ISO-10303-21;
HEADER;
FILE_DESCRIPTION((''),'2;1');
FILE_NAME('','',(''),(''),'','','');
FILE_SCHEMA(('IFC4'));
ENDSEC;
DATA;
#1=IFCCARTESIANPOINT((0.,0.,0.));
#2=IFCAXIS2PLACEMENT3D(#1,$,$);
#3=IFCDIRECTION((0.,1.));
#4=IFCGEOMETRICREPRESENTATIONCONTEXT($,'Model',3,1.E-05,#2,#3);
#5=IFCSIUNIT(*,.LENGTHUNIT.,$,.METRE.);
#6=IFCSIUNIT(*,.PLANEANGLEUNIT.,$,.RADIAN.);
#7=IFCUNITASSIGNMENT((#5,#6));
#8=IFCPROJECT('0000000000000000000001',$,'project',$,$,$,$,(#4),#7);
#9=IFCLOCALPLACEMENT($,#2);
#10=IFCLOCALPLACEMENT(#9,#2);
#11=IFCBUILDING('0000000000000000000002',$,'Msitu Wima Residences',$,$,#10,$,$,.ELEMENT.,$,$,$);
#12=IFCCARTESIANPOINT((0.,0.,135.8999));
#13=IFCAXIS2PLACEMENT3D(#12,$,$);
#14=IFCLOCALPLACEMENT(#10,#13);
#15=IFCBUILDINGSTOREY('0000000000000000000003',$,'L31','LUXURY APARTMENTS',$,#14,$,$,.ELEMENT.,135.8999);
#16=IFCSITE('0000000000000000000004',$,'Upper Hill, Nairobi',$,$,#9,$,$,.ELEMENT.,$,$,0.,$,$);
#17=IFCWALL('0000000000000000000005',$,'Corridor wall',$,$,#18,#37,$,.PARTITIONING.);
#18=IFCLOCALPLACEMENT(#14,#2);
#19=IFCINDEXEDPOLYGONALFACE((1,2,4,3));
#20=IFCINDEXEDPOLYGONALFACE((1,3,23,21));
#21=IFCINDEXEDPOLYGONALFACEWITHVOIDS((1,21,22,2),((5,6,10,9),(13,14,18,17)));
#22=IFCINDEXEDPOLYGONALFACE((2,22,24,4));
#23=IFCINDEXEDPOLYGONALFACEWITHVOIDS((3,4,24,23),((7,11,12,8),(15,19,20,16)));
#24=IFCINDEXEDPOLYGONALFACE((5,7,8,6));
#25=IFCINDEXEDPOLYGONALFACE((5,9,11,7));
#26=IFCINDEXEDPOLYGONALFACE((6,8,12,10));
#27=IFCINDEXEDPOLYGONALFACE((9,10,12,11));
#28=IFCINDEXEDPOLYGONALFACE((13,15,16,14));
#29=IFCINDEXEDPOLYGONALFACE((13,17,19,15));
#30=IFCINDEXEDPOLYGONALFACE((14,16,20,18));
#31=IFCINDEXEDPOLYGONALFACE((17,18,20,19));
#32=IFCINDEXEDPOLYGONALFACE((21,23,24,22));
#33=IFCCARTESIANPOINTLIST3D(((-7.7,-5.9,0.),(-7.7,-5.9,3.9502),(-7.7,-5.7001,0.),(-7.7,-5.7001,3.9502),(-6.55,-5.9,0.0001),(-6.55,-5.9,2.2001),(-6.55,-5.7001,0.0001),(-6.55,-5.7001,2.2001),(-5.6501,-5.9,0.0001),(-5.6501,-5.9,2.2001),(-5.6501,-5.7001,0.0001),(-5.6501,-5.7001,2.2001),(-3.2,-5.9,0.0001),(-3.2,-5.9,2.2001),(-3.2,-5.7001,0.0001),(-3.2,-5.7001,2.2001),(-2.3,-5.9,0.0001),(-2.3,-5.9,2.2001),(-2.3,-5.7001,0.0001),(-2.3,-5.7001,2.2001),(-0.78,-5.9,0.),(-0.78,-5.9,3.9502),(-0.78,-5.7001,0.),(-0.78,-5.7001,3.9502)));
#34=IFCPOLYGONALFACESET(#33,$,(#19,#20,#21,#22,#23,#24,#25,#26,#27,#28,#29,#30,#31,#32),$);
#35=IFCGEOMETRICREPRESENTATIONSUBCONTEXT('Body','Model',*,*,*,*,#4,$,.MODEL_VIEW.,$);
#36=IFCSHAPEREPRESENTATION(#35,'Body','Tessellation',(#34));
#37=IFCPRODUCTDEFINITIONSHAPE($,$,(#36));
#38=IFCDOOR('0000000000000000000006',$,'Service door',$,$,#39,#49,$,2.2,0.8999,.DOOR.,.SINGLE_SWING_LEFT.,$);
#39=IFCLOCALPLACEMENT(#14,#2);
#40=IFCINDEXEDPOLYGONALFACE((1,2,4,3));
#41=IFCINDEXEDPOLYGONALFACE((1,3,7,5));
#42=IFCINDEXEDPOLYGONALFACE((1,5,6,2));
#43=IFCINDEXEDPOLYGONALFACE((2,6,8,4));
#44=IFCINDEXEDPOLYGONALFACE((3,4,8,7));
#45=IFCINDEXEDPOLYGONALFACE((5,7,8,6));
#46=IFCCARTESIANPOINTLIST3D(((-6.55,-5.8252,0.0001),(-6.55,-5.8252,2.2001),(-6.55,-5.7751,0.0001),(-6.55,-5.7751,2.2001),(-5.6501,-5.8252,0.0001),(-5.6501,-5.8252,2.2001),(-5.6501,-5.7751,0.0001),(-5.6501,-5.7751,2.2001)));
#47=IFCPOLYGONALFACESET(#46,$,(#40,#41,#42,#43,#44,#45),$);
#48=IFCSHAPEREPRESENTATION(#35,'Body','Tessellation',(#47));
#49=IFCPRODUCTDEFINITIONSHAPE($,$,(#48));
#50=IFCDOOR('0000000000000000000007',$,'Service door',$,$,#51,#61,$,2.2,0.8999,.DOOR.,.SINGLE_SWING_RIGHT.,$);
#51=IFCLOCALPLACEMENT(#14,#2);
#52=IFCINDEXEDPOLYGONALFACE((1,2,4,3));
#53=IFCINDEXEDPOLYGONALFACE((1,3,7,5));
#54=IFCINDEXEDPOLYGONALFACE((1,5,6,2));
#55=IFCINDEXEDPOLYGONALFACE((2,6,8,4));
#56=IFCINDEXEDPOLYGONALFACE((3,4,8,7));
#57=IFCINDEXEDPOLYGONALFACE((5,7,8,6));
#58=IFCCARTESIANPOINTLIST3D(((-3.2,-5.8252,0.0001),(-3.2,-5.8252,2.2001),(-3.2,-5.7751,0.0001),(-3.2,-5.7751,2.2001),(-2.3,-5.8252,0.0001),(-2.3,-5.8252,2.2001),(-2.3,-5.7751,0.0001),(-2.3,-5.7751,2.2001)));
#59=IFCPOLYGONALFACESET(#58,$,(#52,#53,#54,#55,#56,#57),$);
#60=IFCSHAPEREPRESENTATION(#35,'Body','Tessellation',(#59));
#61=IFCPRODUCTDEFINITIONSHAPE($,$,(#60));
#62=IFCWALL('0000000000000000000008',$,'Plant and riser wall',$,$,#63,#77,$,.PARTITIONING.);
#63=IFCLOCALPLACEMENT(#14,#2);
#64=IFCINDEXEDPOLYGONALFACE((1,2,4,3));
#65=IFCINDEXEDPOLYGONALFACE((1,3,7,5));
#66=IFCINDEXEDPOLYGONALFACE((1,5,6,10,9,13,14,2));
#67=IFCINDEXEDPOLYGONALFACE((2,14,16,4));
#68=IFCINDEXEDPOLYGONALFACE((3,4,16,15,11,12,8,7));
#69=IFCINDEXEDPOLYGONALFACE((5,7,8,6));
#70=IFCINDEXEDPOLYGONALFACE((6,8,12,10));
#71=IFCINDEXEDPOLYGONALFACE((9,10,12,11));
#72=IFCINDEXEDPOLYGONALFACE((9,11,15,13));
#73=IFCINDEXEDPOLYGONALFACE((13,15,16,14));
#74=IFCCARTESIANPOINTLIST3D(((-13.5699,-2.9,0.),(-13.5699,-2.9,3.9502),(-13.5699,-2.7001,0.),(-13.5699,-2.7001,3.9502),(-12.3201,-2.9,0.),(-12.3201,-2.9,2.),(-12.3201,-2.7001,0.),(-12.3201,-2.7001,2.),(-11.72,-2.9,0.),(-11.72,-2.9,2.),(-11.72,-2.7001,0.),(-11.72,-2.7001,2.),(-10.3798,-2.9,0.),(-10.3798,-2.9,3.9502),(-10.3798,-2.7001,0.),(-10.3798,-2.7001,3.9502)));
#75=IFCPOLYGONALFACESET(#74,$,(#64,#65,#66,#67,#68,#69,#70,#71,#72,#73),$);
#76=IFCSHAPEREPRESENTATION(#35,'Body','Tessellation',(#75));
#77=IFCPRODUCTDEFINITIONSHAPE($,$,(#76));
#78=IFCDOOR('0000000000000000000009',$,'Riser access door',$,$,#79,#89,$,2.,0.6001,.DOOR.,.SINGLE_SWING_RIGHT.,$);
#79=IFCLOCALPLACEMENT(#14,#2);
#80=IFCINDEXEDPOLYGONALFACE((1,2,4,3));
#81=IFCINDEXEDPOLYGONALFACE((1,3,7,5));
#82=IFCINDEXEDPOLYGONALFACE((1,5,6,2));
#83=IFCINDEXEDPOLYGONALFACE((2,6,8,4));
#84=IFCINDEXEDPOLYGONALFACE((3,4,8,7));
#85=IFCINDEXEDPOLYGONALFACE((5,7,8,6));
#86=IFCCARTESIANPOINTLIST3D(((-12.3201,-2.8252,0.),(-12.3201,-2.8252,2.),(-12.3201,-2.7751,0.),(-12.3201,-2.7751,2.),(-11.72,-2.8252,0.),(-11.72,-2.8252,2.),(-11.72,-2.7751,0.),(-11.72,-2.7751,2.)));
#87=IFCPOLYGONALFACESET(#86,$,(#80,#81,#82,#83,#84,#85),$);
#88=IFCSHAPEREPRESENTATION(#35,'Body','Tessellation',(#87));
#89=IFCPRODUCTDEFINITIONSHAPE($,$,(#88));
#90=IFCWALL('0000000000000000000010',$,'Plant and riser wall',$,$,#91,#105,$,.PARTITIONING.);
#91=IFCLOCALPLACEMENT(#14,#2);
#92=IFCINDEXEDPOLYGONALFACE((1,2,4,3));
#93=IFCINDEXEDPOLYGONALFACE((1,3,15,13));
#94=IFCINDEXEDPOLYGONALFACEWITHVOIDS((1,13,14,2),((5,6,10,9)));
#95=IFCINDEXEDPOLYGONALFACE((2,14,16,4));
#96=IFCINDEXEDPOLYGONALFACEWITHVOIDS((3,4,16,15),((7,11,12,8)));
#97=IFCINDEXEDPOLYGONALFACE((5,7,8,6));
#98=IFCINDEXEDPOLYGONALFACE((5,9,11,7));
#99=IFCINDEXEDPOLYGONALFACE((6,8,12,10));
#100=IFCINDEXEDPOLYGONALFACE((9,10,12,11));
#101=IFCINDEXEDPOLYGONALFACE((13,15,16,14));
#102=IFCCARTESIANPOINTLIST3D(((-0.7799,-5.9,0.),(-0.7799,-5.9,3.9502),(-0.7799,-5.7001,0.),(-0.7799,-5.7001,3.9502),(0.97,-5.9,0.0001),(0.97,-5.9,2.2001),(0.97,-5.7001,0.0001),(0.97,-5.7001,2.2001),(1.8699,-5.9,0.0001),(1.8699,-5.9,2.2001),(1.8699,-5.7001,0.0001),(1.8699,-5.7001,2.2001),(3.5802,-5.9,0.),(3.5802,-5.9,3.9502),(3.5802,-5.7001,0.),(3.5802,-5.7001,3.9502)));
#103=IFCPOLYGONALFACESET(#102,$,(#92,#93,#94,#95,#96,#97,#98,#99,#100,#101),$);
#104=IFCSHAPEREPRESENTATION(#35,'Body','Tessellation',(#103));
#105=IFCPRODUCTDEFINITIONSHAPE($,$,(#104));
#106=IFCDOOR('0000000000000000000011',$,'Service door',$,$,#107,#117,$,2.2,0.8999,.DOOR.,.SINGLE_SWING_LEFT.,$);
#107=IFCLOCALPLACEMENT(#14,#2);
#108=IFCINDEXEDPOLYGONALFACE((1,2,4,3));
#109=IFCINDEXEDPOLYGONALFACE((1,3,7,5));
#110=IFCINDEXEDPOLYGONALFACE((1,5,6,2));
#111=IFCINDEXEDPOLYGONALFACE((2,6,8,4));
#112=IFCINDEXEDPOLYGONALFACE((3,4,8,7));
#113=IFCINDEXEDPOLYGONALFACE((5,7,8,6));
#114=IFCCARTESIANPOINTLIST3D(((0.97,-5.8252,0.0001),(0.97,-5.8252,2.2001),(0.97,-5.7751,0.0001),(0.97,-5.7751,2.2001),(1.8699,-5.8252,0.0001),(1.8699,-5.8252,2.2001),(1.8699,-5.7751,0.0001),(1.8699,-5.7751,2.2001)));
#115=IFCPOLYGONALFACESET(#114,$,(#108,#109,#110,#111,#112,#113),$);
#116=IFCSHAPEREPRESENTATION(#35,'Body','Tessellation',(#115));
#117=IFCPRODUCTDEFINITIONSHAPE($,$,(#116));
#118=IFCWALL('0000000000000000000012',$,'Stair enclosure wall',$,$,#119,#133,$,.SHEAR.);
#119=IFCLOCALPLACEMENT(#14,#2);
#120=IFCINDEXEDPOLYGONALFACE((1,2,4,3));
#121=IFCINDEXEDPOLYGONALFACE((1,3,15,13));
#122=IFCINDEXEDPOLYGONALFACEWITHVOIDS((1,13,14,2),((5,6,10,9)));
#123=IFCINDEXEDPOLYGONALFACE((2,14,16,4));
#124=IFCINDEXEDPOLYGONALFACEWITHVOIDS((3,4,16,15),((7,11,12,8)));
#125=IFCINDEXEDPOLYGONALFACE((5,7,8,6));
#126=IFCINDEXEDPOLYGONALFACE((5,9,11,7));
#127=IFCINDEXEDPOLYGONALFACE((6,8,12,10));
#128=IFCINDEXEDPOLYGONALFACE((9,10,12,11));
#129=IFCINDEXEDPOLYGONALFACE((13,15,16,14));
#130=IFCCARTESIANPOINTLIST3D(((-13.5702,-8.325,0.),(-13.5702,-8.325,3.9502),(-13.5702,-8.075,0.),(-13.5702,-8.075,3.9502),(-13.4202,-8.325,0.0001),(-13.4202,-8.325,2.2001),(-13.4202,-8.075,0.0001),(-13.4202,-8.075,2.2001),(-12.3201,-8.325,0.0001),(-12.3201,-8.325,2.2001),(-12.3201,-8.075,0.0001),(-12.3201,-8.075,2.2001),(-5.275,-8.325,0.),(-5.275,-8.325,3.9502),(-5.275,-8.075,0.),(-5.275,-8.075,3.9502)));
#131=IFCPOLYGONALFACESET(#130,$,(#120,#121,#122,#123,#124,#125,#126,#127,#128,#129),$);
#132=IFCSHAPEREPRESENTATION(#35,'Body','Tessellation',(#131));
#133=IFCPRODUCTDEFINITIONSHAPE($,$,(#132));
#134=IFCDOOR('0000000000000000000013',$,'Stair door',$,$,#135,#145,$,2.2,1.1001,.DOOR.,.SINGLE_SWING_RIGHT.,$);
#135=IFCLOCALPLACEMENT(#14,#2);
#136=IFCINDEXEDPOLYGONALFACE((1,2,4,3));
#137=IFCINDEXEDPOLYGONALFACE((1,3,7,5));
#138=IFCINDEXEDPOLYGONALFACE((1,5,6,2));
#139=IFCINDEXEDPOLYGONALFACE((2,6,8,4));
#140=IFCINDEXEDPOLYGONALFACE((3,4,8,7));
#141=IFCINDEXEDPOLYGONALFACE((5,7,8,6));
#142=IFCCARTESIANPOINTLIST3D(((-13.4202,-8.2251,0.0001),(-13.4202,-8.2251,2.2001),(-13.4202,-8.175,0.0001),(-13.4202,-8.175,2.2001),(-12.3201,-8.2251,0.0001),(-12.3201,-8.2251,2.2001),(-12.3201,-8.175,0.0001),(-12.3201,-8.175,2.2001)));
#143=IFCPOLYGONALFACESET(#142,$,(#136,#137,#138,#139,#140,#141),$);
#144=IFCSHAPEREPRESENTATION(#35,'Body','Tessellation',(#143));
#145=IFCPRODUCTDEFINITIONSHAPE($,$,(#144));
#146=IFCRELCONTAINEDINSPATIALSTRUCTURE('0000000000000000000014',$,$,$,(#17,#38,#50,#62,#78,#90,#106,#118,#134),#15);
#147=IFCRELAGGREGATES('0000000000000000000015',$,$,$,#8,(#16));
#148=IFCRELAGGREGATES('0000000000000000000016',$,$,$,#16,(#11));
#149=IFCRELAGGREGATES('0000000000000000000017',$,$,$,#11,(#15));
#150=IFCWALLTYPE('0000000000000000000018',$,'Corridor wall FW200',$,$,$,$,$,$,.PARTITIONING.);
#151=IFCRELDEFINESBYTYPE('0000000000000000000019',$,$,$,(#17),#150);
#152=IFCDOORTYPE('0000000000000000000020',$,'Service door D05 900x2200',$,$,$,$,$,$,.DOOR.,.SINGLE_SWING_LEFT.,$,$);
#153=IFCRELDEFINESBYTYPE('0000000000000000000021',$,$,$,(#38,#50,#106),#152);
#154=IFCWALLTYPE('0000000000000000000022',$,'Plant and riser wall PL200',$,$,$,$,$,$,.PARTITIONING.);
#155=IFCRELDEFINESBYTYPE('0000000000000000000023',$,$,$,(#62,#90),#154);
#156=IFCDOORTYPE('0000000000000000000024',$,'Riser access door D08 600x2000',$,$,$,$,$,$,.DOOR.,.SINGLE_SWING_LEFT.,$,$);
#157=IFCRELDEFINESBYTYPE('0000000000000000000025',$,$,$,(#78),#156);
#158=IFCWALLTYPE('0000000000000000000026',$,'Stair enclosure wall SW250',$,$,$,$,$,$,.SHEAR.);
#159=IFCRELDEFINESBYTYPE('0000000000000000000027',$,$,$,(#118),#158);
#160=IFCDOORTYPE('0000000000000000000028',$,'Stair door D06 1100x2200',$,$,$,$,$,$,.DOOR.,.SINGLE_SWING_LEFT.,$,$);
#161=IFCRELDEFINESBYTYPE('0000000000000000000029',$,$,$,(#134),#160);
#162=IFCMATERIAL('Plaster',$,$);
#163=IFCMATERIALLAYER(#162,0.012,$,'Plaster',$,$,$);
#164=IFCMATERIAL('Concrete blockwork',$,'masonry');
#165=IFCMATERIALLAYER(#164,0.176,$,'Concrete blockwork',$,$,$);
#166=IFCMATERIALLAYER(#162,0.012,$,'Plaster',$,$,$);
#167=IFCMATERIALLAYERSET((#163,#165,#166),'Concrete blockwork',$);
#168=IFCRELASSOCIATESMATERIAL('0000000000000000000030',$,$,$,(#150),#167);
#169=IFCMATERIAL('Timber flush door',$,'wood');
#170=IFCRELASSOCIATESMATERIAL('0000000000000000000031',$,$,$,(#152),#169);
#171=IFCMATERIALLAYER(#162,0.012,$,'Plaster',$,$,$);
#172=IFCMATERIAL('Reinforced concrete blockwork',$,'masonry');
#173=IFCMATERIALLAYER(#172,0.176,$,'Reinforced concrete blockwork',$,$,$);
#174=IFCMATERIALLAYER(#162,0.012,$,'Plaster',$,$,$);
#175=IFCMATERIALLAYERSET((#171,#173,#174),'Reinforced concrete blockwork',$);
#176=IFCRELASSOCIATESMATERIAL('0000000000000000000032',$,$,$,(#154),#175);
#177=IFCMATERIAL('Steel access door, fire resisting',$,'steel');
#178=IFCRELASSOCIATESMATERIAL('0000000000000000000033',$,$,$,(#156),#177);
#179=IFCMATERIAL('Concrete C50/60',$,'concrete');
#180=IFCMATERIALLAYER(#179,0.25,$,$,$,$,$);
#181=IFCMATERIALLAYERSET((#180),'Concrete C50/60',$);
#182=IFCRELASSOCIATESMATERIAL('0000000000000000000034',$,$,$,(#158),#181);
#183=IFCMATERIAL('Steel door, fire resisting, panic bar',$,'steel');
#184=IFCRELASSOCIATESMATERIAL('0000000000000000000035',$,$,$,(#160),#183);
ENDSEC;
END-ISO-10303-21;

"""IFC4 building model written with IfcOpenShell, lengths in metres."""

from ifc_helpers import new_model, si_unit, direction, frame, frame_2d, origin, place, context, subcontext, project, spatial, rectangle, extrude, material, layer, layer_set, type_object, element, fill, save


model = new_model("IFC4")

# Units and contexts
model_context = context("Model", 3, precision=1e-05, world=origin(), true_north=direction((0.0, 1.0)))
body_context = subcontext(model_context, "Body", "Model", "MODEL_VIEW")
ifc_project = project(units=[si_unit("LENGTHUNIT", "METRE"), si_unit("PLANEANGLEUNIT", "RADIAN")], contexts=[model_context])

# Site, building, storey
site_placement = place(None, origin())
site = spatial("IfcSite", under=ifc_project, at=site_placement, Name="Upper Hill, Nairobi", CompositionType="ELEMENT", RefElevation=0.0)
building_placement = place(site_placement, origin())
building = spatial("IfcBuilding", under=site, at=building_placement, Name="Msitu Wima Residences", CompositionType="ELEMENT")
storey_placement = place(building_placement, frame((0.0, 0.0, 135.8999)))
storey = spatial("IfcBuildingStorey", under=building, at=storey_placement, Name="L31", Description="LUXURY APARTMENTS", CompositionType="ELEMENT", Elevation=135.8999)

# Shared definitions
ifc_material_1 = material(Name="Plaster")
ifc_layer_1 = layer(ifc_material_1, 0.012, Name="Plaster")
ifc_material_2 = material(Name="Concrete blockwork", Category="masonry")
ifc_layer_2 = layer(ifc_material_2, 0.176, Name="Concrete blockwork")
ifc_layer_3 = layer(ifc_material_1, 0.012, Name="Plaster")
ifc_layer_set_1 = layer_set([ifc_layer_1, ifc_layer_2, ifc_layer_3], Name="Concrete blockwork")
wall_type_1 = type_object("IfcWallType", Name="Corridor wall FW200", PredefinedType="PARTITIONING", material=ifc_layer_set_1)

# Wall, openings, doors
wall_1_placement = place(storey_placement, frame((-7.7, -5.8, 0.0), z_axis=(0.0, 0.0, 1.0), x_axis=(1.0, 0.0, 0.0)))
wall_1 = element("IfcWall", 1, at=wall_1_placement, inside=storey, type_object=wall_type_1, Name="Corridor wall", PredefinedType="PARTITIONING", context=body_context, shape_type="SweptSolid", body=[
    extrude(rectangle(XDim=6.9199, YDim=0.2, at=frame_2d((3.46, 0.0))), origin(), (0.0, 0.0, 1.0), 3.9502),
])
opening_1_placement = place(wall_1_placement, frame((1.1499, 0.0, 0.0)))
opening_1 = element("IfcOpeningElement", 2, at=opening_1_placement, cuts=wall_1, PredefinedType="OPENING", context=body_context, shape_type="SweptSolid", body=[
    extrude(rectangle(XDim=0.8999, YDim=2.2, at=frame_2d((0.45, 1.1001))), frame((0.0, 0.1099, 0.0), z_axis=(0.0, -1.0, 0.0), x_axis=(1.0, 0.0, 0.0)), (0.0, 0.0, 1.0), 0.22),
])
opening_2_placement = place(wall_1_placement, frame((4.5, 0.0, 0.0)))
opening_2 = element("IfcOpeningElement", 3, at=opening_2_placement, cuts=wall_1, PredefinedType="OPENING", context=body_context, shape_type="SweptSolid", body=[
    extrude(rectangle(XDim=0.8999, YDim=2.2, at=frame_2d((0.45, 1.1001))), frame((0.0, 0.1099, 0.0), z_axis=(0.0, -1.0, 0.0), x_axis=(1.0, 0.0, 0.0)), (0.0, 0.0, 1.0), 0.22),
])
ifc_material_3 = material(Name="Timber flush door", Category="wood")
door_type_1 = type_object("IfcDoorType", Name="Service door D05 900x2200", OperationType="SINGLE_SWING_LEFT", PredefinedType="DOOR", material=ifc_material_3)
door_1_placement = place(opening_1_placement, origin())
door_1 = element("IfcDoor", 4, at=door_1_placement, inside=storey, type_object=door_type_1, Name="Service door", OperationType="SINGLE_SWING_LEFT", OverallHeight=2.2, OverallWidth=0.8999, PredefinedType="DOOR", context=body_context, shape_type="SweptSolid", body=[
    extrude(rectangle(XDim=0.8999, YDim=2.2, at=frame_2d((0.45, 1.1001))), frame((0.0, 0.0249, 0.0), z_axis=(0.0, -1.0, 0.0), x_axis=(1.0, 0.0, 0.0)), (0.0, 0.0, 1.0), 0.05),
])
fill(opening_1, door_1)
door_2_placement = place(opening_2_placement, origin())
door_2 = element("IfcDoor", 5, at=door_2_placement, inside=storey, type_object=door_type_1, Name="Service door", OperationType="SINGLE_SWING_RIGHT", OverallHeight=2.2, OverallWidth=0.8999, PredefinedType="DOOR", context=body_context, shape_type="SweptSolid", body=[
    extrude(rectangle(XDim=0.8999, YDim=2.2, at=frame_2d((0.45, 1.1001))), frame((0.0, 0.0249, 0.0), z_axis=(0.0, -1.0, 0.0), x_axis=(1.0, 0.0, 0.0)), (0.0, 0.0, 1.0), 0.05),
])
fill(opening_2, door_2)

# Walls, openings, doors
ifc_layer_4 = layer(ifc_material_1, 0.012, Name="Plaster")
ifc_material_4 = material(Name="Reinforced concrete blockwork", Category="masonry")
ifc_layer_5 = layer(ifc_material_4, 0.176, Name="Reinforced concrete blockwork")
ifc_layer_6 = layer(ifc_material_1, 0.012, Name="Plaster")
ifc_layer_set_2 = layer_set([ifc_layer_4, ifc_layer_5, ifc_layer_6], Name="Reinforced concrete blockwork")
wall_type_2 = type_object("IfcWallType", Name="Plant and riser wall PL200", PredefinedType="PARTITIONING", material=ifc_layer_set_2)
wall_2_placement = place(storey_placement, frame((-13.5701, -2.8, 0.0), z_axis=(0.0, 0.0, 1.0), x_axis=(1.0, 0.0, 0.0)))
wall_2 = element("IfcWall", 6, at=wall_2_placement, inside=storey, type_object=wall_type_2, Name="Plant and riser wall", PredefinedType="PARTITIONING", context=body_context, shape_type="SweptSolid", body=[
    extrude(rectangle(XDim=3.1902, YDim=0.2, at=frame_2d((1.5952, 0.0))), origin(), (0.0, 0.0, 1.0), 3.9502),
])
opening_3_placement = place(wall_2_placement, frame((1.25, 0.0, 0.0)))
opening_3 = element("IfcOpeningElement", 7, at=opening_3_placement, cuts=wall_2, PredefinedType="OPENING", context=body_context, shape_type="SweptSolid", body=[
    extrude(rectangle(XDim=0.6001, YDim=2.0, at=frame_2d((0.3, 1.0))), frame((0.0, 0.1099, 0.0), z_axis=(0.0, -1.0, 0.0), x_axis=(1.0, 0.0, 0.0)), (0.0, 0.0, 1.0), 0.22),
])
ifc_material_5 = material(Name="Steel access door, fire resisting", Category="steel")
door_type_2 = type_object("IfcDoorType", Name="Riser access door D08 600x2000", OperationType="SINGLE_SWING_LEFT", PredefinedType="DOOR", material=ifc_material_5)
door_3_placement = place(opening_3_placement, origin())
door_3 = element("IfcDoor", 8, at=door_3_placement, inside=storey, type_object=door_type_2, Name="Riser access door", OperationType="SINGLE_SWING_RIGHT", OverallHeight=2.0, OverallWidth=0.6001, PredefinedType="DOOR", context=body_context, shape_type="SweptSolid", body=[
    extrude(rectangle(XDim=0.6001, YDim=2.0, at=frame_2d((0.3, 1.0))), frame((0.0, 0.0249, 0.0), z_axis=(0.0, -1.0, 0.0), x_axis=(1.0, 0.0, 0.0)), (0.0, 0.0, 1.0), 0.05),
])
fill(opening_3, door_3)
wall_3_placement = place(storey_placement, frame((-0.78, -5.8, 0.0), z_axis=(0.0, 0.0, 1.0), x_axis=(1.0, 0.0, 0.0)))
wall_3 = element("IfcWall", 9, at=wall_3_placement, inside=storey, type_object=wall_type_2, Name="Plant and riser wall", PredefinedType="PARTITIONING", context=body_context, shape_type="SweptSolid", body=[
    extrude(rectangle(XDim=4.3601, YDim=0.2, at=frame_2d((2.1802, 0.0))), origin(), (0.0, 0.0, 1.0), 3.9502),
])
opening_4_placement = place(wall_3_placement, frame((1.75, 0.0, 0.0)))
opening_4 = element("IfcOpeningElement", 10, at=opening_4_placement, cuts=wall_3, PredefinedType="OPENING", context=body_context, shape_type="SweptSolid", body=[
    extrude(rectangle(XDim=0.8999, YDim=2.2, at=frame_2d((0.45, 1.1001))), frame((0.0, 0.1099, 0.0), z_axis=(0.0, -1.0, 0.0), x_axis=(1.0, 0.0, 0.0)), (0.0, 0.0, 1.0), 0.22),
])
door_4_placement = place(opening_4_placement, origin())
door_4 = element("IfcDoor", 11, at=door_4_placement, inside=storey, type_object=door_type_1, Name="Service door", OperationType="SINGLE_SWING_LEFT", OverallHeight=2.2, OverallWidth=0.8999, PredefinedType="DOOR", context=body_context, shape_type="SweptSolid", body=[
    extrude(rectangle(XDim=0.8999, YDim=2.2, at=frame_2d((0.45, 1.1001))), frame((0.0, 0.0249, 0.0), z_axis=(0.0, -1.0, 0.0), x_axis=(1.0, 0.0, 0.0)), (0.0, 0.0, 1.0), 0.05),
])
fill(opening_4, door_4)
ifc_material_6 = material(Name="Concrete C50/60", Category="concrete")
ifc_layer_7 = layer(ifc_material_6, 0.25)
ifc_layer_set_3 = layer_set([ifc_layer_7], Name="Concrete C50/60")
wall_type_3 = type_object("IfcWallType", Name="Stair enclosure wall SW250", PredefinedType="SHEAR", material=ifc_layer_set_3)
wall_4_placement = place(storey_placement, frame((-13.5701, -8.2, 0.0), z_axis=(0.0, 0.0, 1.0), x_axis=(1.0, 0.0, 0.0)))
wall_4 = element("IfcWall", 12, at=wall_4_placement, inside=storey, type_object=wall_type_3, Name="Stair enclosure wall", PredefinedType="SHEAR", context=body_context, shape_type="SweptSolid", body=[
    extrude(rectangle(XDim=8.2952, YDim=0.25, at=frame_2d((4.1475, 0.0))), origin(), (0.0, 0.0, 1.0), 3.9502),
])
opening_5_placement = place(wall_4_placement, frame((0.1499, 0.0, 0.0)))
opening_5 = element("IfcOpeningElement", 13, at=opening_5_placement, cuts=wall_4, PredefinedType="OPENING", context=body_context, shape_type="SweptSolid", body=[
    extrude(rectangle(XDim=1.1001, YDim=2.2, at=frame_2d((0.55, 1.1001))), frame((0.0, 0.135, 0.0), z_axis=(0.0, -1.0, 0.0), x_axis=(1.0, 0.0, 0.0)), (0.0, 0.0, 1.0), 0.27),
])
ifc_material_7 = material(Name="Steel door, fire resisting, panic bar", Category="steel")
door_type_3 = type_object("IfcDoorType", Name="Stair door D06 1100x2200", OperationType="SINGLE_SWING_LEFT", PredefinedType="DOOR", material=ifc_material_7)
door_5_placement = place(opening_5_placement, origin())
door_5 = element("IfcDoor", 14, at=door_5_placement, inside=storey, type_object=door_type_3, Name="Stair door", OperationType="SINGLE_SWING_RIGHT", OverallHeight=2.2, OverallWidth=1.1001, PredefinedType="DOOR", context=body_context, shape_type="SweptSolid", body=[
    extrude(rectangle(XDim=1.1001, YDim=2.2, at=frame_2d((0.55, 1.1001))), frame((0.0, 0.0249, 0.0), z_axis=(0.0, -1.0, 0.0), x_axis=(1.0, 0.0, 0.0)), (0.0, 0.0, 1.0), 0.05),
])
fill(opening_5, door_5)

save(model, "model.ifc")
